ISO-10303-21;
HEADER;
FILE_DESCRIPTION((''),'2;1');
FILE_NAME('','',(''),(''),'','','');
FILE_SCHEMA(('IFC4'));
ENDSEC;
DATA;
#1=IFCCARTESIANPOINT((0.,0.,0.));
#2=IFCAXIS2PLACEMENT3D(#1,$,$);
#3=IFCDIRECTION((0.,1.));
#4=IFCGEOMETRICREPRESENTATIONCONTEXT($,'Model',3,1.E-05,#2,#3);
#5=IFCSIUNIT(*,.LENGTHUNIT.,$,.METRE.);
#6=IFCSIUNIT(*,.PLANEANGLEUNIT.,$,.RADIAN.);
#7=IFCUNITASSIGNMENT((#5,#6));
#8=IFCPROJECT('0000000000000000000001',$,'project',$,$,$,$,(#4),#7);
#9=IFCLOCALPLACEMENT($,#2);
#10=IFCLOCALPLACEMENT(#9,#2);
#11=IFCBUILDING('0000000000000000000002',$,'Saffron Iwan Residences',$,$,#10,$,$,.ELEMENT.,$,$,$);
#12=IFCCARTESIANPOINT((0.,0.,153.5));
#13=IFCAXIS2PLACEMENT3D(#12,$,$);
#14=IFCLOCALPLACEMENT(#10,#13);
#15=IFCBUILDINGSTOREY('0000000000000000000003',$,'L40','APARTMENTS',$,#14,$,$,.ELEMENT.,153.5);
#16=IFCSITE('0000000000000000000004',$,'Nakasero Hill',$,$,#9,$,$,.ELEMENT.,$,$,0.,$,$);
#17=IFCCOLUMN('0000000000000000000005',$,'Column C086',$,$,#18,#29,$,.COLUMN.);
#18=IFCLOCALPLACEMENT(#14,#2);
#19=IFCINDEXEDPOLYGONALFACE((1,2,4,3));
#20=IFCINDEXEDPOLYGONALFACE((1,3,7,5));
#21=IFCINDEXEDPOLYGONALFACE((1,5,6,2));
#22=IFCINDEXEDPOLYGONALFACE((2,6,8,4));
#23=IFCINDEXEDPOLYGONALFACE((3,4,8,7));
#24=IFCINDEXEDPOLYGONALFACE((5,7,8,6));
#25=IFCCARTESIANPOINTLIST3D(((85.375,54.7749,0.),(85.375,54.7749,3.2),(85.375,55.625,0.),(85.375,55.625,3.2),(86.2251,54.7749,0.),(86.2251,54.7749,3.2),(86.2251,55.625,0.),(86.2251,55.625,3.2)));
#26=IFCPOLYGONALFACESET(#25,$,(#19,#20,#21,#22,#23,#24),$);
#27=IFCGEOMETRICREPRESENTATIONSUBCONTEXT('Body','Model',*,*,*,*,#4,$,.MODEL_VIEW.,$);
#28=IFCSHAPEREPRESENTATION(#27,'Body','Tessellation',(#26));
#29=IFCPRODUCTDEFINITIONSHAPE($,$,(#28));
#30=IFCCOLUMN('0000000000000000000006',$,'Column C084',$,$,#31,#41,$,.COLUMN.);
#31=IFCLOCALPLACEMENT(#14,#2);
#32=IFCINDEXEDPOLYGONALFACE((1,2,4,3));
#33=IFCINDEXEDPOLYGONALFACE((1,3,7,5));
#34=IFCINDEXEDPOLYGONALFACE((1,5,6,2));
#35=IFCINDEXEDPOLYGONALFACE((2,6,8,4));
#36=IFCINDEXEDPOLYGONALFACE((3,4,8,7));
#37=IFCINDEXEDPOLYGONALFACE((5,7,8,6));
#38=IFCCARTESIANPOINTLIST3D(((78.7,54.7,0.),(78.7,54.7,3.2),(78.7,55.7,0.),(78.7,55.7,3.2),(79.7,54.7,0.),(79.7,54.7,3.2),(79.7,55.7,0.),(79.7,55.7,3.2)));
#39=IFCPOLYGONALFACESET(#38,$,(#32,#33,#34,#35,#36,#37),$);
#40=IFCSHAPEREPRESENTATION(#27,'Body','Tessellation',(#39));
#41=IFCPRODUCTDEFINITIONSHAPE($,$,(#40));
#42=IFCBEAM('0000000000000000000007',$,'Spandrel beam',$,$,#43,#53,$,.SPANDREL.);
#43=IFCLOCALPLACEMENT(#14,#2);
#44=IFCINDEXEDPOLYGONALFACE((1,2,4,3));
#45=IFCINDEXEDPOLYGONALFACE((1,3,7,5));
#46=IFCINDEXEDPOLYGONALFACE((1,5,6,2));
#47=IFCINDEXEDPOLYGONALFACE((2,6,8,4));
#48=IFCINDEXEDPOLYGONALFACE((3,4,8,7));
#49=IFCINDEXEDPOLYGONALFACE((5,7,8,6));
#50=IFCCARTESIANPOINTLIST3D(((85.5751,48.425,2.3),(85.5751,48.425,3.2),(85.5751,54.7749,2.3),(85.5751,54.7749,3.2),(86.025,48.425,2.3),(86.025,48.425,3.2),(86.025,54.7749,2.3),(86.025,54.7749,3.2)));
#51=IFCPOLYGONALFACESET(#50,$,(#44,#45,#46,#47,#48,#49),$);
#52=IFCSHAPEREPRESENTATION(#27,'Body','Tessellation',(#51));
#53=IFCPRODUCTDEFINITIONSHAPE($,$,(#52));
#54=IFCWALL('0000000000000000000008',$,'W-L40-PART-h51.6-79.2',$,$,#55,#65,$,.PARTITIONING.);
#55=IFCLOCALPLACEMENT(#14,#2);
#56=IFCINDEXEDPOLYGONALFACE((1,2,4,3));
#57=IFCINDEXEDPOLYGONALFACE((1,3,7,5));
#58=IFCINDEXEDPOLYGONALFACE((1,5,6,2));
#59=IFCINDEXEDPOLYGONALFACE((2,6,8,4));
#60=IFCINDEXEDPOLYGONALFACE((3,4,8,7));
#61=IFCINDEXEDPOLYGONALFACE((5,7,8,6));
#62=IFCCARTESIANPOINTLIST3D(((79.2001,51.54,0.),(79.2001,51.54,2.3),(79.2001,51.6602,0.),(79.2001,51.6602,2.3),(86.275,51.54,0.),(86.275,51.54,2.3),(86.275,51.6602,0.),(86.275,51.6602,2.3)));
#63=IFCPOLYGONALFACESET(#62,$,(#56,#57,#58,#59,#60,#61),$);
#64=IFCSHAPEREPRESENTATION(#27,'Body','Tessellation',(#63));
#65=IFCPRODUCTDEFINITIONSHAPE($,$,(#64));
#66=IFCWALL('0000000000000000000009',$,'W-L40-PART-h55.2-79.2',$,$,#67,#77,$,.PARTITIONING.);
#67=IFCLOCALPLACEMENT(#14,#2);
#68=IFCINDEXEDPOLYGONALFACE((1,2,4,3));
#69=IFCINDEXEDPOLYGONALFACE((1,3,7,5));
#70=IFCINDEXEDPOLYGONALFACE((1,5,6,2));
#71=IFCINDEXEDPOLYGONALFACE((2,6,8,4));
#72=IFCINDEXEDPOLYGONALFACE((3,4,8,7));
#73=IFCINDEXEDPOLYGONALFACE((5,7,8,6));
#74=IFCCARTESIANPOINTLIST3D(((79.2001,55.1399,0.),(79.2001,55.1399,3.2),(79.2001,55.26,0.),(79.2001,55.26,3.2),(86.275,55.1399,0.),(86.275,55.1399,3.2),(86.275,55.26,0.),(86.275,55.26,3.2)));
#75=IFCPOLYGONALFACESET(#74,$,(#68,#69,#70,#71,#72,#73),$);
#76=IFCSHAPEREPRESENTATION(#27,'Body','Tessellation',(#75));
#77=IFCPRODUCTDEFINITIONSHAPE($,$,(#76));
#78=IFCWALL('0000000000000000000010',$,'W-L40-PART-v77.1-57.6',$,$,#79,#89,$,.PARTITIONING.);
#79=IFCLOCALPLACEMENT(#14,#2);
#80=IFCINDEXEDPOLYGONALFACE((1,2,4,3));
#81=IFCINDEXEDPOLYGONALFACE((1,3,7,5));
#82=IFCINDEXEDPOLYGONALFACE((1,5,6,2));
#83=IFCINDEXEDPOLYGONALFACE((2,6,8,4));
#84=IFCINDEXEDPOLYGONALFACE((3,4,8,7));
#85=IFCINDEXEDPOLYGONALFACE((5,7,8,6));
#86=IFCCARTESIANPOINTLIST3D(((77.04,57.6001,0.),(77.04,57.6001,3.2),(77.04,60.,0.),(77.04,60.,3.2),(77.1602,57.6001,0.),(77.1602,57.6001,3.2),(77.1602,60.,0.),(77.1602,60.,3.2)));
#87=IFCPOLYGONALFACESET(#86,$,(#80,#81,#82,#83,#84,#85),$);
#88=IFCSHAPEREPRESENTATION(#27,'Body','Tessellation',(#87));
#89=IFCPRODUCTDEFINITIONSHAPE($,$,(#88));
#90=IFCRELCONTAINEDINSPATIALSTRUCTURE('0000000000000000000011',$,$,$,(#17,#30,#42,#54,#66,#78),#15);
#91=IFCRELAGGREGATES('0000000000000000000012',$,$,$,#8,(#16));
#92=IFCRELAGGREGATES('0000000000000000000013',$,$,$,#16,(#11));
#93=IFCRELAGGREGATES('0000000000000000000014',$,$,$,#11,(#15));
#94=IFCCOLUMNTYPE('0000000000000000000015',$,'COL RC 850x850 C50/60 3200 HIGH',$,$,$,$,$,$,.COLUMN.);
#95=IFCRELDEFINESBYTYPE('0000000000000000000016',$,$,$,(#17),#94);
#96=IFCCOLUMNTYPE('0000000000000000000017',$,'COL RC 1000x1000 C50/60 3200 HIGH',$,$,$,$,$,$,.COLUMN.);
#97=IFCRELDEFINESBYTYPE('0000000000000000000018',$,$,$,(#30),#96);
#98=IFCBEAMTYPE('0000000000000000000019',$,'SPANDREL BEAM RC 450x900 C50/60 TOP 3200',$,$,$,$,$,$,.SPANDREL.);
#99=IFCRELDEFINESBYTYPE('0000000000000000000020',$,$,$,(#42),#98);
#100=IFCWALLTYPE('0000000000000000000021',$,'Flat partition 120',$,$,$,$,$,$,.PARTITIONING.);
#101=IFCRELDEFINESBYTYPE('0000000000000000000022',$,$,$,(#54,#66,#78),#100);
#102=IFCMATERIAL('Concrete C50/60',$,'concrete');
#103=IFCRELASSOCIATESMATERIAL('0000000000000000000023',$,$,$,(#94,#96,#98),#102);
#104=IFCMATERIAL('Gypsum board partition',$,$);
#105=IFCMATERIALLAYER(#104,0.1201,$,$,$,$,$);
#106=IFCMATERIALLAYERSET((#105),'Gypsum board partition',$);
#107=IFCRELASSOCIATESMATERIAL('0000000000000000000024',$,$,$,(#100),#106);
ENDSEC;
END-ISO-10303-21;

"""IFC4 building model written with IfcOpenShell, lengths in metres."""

from ifc_helpers import new_model, si_unit, direction, frame, frame_2d, origin, origin_2d, place, context, subcontext, project, spatial, rectangle, extrude, source, transform, mapped, material, layer, layer_set, material_profile, profile_set, type_object, element, save


model = new_model("IFC4")

# Units and contexts
model_context = context("Model", 3, precision=1e-05, world=origin(), true_north=direction((0.0, 1.0)))
body_context = subcontext(model_context, "Body", "Model", "MODEL_VIEW")
ifc_project = project(units=[si_unit("LENGTHUNIT", "METRE"), si_unit("PLANEANGLEUNIT", "RADIAN")], contexts=[model_context])

# Site, building, storey
site_placement = place(None, origin())
site = spatial("IfcSite", under=ifc_project, at=site_placement, Name="Nakasero Hill", CompositionType="ELEMENT", RefElevation=0.0)
building_placement = place(site_placement, origin())
building = spatial("IfcBuilding", under=site, at=building_placement, Name="Saffron Iwan Residences", CompositionType="ELEMENT")
storey_placement = place(building_placement, frame((0.0, 0.0, 153.5)))
storey = spatial("IfcBuildingStorey", under=building, at=storey_placement, Name="L40", Description="APARTMENTS", CompositionType="ELEMENT", Elevation=153.5)

# Columns
ifc_material_1 = material(Name="Concrete C50/60", Category="concrete")
ifc_material_profile_1 = material_profile(ifc_material_1, rectangle(XDim=0.8501, YDim=0.8501, at=origin_2d()), Name="RC 850x850")
ifc_profile_set_1 = profile_set([ifc_material_profile_1], Name="Concrete C50/60")
column_type_1 = type_object("IfcColumnType", Name="COL RC 850x850 C50/60 3200 HIGH", PredefinedType="COLUMN", material=ifc_profile_set_1)
shared_shape_1 = source(origin(), body_context, "Body", "SweptSolid", [
    extrude(rectangle(XDim=0.8501, YDim=0.8501, at=origin_2d()), origin(), (0.0, 0.0, 1.0), 3.2),
])
column_1_placement = place(storey_placement, frame((85.8, 55.2, 0.0), z_axis=(0.0, 0.0, 1.0), x_axis=(1.0, 0.0, 0.0)))
element("IfcColumn", 1, at=column_1_placement, inside=storey, type_object=column_type_1, Name="Column C086", PredefinedType="COLUMN", context=body_context, shape_type="MappedRepresentation", body=[
    mapped(shared_shape_1, transform((0.0, 0.0, 0.0))),
])
ifc_material_profile_2 = material_profile(ifc_material_1, rectangle(XDim=1.0, YDim=1.0, at=origin_2d()), Name="RC 1000x1000")
ifc_profile_set_2 = profile_set([ifc_material_profile_2], Name="Concrete C50/60")
column_type_2 = type_object("IfcColumnType", Name="COL RC 1000x1000 C50/60 3200 HIGH", PredefinedType="COLUMN", material=ifc_profile_set_2)
shared_shape_2 = source(origin(), body_context, "Body", "SweptSolid", [
    extrude(rectangle(XDim=1.0, YDim=1.0, at=origin_2d()), origin(), (0.0, 0.0, 1.0), 3.2),
])
column_2_placement = place(storey_placement, frame((79.2, 55.2, 0.0), z_axis=(0.0, 0.0, 1.0), x_axis=(1.0, 0.0, 0.0)))
element("IfcColumn", 2, at=column_2_placement, inside=storey, type_object=column_type_2, Name="Column C084", PredefinedType="COLUMN", context=body_context, shape_type="MappedRepresentation", body=[
    mapped(shared_shape_2, transform((0.0, 0.0, 0.0))),
])

# Beam
ifc_material_profile_3 = material_profile(ifc_material_1, rectangle(XDim=0.45, YDim=0.8999, at=origin_2d()), Name="RC 450x900")
ifc_profile_set_3 = profile_set([ifc_material_profile_3], Name="Concrete C50/60")
beam_type = type_object("IfcBeamType", Name="SPANDREL BEAM RC 450x900 C50/60 TOP 3200", PredefinedType="SPANDREL", material=ifc_profile_set_3)
shared_shape_3 = source(origin(), body_context, "Body", "SweptSolid", [
    extrude(rectangle(XDim=0.45, YDim=0.8999, at=origin_2d()), origin(), (0.0, 0.0, 1.0), 6.3499),
])
beam_placement = place(storey_placement, frame((85.8, 54.7749, 2.75), z_axis=(0.0, -1.0, 0.0), x_axis=(1.0, 0.0, 0.0)))
element("IfcBeam", 3, at=beam_placement, inside=storey, type_object=beam_type, Name="Spandrel beam", PredefinedType="SPANDREL", context=body_context, shape_type="MappedRepresentation", body=[
    mapped(shared_shape_3, transform((0.0, 0.0, 0.0))),
])

# Walls
ifc_material_2 = material(Name="Gypsum board partition")
ifc_layer = layer(ifc_material_2, 0.1201)
ifc_layer_set = layer_set([ifc_layer], Name="Gypsum board partition")
wall_type = type_object("IfcWallType", Name="Flat partition 120", PredefinedType="PARTITIONING", material=ifc_layer_set)
wall_1_placement = place(storey_placement, frame((79.2, 51.6001, 0.0), z_axis=(0.0, 0.0, 1.0), x_axis=(1.0, 0.0, 0.0)))
element("IfcWall", 4, at=wall_1_placement, inside=storey, type_object=wall_type, Name="W-L40-PART-h51.6-79.2", PredefinedType="PARTITIONING", context=body_context, shape_type="SweptSolid", body=[
    extrude(rectangle(XDim=7.075, YDim=0.1201, at=frame_2d((3.5376, 0.0))), origin(), (0.0, 0.0, 1.0), 2.3),
])
wall_2_placement = place(storey_placement, frame((79.2, 55.2, 0.0), z_axis=(0.0, 0.0, 1.0), x_axis=(1.0, 0.0, 0.0)))
element("IfcWall", 5, at=wall_2_placement, inside=storey, type_object=wall_type, Name="W-L40-PART-h55.2-79.2", PredefinedType="PARTITIONING", context=body_context, shape_type="SweptSolid", body=[
    extrude(rectangle(XDim=7.075, YDim=0.1201, at=frame_2d((3.5376, 0.0))), origin(), (0.0, 0.0, 1.0), 3.2),
])
wall_3_placement = place(storey_placement, frame((77.1001, 57.6001, 0.0), z_axis=(0.0, 0.0, 1.0), x_axis=(0.0, 1.0, 0.0)))
element("IfcWall", 6, at=wall_3_placement, inside=storey, type_object=wall_type, Name="W-L40-PART-v77.1-57.6", PredefinedType="PARTITIONING", context=body_context, shape_type="SweptSolid", body=[
    extrude(rectangle(XDim=2.3999, YDim=0.1201, at=frame_2d((1.2, 0.0))), origin(), (0.0, 0.0, 1.0), 3.2),
])

save(model, "model.ifc")
